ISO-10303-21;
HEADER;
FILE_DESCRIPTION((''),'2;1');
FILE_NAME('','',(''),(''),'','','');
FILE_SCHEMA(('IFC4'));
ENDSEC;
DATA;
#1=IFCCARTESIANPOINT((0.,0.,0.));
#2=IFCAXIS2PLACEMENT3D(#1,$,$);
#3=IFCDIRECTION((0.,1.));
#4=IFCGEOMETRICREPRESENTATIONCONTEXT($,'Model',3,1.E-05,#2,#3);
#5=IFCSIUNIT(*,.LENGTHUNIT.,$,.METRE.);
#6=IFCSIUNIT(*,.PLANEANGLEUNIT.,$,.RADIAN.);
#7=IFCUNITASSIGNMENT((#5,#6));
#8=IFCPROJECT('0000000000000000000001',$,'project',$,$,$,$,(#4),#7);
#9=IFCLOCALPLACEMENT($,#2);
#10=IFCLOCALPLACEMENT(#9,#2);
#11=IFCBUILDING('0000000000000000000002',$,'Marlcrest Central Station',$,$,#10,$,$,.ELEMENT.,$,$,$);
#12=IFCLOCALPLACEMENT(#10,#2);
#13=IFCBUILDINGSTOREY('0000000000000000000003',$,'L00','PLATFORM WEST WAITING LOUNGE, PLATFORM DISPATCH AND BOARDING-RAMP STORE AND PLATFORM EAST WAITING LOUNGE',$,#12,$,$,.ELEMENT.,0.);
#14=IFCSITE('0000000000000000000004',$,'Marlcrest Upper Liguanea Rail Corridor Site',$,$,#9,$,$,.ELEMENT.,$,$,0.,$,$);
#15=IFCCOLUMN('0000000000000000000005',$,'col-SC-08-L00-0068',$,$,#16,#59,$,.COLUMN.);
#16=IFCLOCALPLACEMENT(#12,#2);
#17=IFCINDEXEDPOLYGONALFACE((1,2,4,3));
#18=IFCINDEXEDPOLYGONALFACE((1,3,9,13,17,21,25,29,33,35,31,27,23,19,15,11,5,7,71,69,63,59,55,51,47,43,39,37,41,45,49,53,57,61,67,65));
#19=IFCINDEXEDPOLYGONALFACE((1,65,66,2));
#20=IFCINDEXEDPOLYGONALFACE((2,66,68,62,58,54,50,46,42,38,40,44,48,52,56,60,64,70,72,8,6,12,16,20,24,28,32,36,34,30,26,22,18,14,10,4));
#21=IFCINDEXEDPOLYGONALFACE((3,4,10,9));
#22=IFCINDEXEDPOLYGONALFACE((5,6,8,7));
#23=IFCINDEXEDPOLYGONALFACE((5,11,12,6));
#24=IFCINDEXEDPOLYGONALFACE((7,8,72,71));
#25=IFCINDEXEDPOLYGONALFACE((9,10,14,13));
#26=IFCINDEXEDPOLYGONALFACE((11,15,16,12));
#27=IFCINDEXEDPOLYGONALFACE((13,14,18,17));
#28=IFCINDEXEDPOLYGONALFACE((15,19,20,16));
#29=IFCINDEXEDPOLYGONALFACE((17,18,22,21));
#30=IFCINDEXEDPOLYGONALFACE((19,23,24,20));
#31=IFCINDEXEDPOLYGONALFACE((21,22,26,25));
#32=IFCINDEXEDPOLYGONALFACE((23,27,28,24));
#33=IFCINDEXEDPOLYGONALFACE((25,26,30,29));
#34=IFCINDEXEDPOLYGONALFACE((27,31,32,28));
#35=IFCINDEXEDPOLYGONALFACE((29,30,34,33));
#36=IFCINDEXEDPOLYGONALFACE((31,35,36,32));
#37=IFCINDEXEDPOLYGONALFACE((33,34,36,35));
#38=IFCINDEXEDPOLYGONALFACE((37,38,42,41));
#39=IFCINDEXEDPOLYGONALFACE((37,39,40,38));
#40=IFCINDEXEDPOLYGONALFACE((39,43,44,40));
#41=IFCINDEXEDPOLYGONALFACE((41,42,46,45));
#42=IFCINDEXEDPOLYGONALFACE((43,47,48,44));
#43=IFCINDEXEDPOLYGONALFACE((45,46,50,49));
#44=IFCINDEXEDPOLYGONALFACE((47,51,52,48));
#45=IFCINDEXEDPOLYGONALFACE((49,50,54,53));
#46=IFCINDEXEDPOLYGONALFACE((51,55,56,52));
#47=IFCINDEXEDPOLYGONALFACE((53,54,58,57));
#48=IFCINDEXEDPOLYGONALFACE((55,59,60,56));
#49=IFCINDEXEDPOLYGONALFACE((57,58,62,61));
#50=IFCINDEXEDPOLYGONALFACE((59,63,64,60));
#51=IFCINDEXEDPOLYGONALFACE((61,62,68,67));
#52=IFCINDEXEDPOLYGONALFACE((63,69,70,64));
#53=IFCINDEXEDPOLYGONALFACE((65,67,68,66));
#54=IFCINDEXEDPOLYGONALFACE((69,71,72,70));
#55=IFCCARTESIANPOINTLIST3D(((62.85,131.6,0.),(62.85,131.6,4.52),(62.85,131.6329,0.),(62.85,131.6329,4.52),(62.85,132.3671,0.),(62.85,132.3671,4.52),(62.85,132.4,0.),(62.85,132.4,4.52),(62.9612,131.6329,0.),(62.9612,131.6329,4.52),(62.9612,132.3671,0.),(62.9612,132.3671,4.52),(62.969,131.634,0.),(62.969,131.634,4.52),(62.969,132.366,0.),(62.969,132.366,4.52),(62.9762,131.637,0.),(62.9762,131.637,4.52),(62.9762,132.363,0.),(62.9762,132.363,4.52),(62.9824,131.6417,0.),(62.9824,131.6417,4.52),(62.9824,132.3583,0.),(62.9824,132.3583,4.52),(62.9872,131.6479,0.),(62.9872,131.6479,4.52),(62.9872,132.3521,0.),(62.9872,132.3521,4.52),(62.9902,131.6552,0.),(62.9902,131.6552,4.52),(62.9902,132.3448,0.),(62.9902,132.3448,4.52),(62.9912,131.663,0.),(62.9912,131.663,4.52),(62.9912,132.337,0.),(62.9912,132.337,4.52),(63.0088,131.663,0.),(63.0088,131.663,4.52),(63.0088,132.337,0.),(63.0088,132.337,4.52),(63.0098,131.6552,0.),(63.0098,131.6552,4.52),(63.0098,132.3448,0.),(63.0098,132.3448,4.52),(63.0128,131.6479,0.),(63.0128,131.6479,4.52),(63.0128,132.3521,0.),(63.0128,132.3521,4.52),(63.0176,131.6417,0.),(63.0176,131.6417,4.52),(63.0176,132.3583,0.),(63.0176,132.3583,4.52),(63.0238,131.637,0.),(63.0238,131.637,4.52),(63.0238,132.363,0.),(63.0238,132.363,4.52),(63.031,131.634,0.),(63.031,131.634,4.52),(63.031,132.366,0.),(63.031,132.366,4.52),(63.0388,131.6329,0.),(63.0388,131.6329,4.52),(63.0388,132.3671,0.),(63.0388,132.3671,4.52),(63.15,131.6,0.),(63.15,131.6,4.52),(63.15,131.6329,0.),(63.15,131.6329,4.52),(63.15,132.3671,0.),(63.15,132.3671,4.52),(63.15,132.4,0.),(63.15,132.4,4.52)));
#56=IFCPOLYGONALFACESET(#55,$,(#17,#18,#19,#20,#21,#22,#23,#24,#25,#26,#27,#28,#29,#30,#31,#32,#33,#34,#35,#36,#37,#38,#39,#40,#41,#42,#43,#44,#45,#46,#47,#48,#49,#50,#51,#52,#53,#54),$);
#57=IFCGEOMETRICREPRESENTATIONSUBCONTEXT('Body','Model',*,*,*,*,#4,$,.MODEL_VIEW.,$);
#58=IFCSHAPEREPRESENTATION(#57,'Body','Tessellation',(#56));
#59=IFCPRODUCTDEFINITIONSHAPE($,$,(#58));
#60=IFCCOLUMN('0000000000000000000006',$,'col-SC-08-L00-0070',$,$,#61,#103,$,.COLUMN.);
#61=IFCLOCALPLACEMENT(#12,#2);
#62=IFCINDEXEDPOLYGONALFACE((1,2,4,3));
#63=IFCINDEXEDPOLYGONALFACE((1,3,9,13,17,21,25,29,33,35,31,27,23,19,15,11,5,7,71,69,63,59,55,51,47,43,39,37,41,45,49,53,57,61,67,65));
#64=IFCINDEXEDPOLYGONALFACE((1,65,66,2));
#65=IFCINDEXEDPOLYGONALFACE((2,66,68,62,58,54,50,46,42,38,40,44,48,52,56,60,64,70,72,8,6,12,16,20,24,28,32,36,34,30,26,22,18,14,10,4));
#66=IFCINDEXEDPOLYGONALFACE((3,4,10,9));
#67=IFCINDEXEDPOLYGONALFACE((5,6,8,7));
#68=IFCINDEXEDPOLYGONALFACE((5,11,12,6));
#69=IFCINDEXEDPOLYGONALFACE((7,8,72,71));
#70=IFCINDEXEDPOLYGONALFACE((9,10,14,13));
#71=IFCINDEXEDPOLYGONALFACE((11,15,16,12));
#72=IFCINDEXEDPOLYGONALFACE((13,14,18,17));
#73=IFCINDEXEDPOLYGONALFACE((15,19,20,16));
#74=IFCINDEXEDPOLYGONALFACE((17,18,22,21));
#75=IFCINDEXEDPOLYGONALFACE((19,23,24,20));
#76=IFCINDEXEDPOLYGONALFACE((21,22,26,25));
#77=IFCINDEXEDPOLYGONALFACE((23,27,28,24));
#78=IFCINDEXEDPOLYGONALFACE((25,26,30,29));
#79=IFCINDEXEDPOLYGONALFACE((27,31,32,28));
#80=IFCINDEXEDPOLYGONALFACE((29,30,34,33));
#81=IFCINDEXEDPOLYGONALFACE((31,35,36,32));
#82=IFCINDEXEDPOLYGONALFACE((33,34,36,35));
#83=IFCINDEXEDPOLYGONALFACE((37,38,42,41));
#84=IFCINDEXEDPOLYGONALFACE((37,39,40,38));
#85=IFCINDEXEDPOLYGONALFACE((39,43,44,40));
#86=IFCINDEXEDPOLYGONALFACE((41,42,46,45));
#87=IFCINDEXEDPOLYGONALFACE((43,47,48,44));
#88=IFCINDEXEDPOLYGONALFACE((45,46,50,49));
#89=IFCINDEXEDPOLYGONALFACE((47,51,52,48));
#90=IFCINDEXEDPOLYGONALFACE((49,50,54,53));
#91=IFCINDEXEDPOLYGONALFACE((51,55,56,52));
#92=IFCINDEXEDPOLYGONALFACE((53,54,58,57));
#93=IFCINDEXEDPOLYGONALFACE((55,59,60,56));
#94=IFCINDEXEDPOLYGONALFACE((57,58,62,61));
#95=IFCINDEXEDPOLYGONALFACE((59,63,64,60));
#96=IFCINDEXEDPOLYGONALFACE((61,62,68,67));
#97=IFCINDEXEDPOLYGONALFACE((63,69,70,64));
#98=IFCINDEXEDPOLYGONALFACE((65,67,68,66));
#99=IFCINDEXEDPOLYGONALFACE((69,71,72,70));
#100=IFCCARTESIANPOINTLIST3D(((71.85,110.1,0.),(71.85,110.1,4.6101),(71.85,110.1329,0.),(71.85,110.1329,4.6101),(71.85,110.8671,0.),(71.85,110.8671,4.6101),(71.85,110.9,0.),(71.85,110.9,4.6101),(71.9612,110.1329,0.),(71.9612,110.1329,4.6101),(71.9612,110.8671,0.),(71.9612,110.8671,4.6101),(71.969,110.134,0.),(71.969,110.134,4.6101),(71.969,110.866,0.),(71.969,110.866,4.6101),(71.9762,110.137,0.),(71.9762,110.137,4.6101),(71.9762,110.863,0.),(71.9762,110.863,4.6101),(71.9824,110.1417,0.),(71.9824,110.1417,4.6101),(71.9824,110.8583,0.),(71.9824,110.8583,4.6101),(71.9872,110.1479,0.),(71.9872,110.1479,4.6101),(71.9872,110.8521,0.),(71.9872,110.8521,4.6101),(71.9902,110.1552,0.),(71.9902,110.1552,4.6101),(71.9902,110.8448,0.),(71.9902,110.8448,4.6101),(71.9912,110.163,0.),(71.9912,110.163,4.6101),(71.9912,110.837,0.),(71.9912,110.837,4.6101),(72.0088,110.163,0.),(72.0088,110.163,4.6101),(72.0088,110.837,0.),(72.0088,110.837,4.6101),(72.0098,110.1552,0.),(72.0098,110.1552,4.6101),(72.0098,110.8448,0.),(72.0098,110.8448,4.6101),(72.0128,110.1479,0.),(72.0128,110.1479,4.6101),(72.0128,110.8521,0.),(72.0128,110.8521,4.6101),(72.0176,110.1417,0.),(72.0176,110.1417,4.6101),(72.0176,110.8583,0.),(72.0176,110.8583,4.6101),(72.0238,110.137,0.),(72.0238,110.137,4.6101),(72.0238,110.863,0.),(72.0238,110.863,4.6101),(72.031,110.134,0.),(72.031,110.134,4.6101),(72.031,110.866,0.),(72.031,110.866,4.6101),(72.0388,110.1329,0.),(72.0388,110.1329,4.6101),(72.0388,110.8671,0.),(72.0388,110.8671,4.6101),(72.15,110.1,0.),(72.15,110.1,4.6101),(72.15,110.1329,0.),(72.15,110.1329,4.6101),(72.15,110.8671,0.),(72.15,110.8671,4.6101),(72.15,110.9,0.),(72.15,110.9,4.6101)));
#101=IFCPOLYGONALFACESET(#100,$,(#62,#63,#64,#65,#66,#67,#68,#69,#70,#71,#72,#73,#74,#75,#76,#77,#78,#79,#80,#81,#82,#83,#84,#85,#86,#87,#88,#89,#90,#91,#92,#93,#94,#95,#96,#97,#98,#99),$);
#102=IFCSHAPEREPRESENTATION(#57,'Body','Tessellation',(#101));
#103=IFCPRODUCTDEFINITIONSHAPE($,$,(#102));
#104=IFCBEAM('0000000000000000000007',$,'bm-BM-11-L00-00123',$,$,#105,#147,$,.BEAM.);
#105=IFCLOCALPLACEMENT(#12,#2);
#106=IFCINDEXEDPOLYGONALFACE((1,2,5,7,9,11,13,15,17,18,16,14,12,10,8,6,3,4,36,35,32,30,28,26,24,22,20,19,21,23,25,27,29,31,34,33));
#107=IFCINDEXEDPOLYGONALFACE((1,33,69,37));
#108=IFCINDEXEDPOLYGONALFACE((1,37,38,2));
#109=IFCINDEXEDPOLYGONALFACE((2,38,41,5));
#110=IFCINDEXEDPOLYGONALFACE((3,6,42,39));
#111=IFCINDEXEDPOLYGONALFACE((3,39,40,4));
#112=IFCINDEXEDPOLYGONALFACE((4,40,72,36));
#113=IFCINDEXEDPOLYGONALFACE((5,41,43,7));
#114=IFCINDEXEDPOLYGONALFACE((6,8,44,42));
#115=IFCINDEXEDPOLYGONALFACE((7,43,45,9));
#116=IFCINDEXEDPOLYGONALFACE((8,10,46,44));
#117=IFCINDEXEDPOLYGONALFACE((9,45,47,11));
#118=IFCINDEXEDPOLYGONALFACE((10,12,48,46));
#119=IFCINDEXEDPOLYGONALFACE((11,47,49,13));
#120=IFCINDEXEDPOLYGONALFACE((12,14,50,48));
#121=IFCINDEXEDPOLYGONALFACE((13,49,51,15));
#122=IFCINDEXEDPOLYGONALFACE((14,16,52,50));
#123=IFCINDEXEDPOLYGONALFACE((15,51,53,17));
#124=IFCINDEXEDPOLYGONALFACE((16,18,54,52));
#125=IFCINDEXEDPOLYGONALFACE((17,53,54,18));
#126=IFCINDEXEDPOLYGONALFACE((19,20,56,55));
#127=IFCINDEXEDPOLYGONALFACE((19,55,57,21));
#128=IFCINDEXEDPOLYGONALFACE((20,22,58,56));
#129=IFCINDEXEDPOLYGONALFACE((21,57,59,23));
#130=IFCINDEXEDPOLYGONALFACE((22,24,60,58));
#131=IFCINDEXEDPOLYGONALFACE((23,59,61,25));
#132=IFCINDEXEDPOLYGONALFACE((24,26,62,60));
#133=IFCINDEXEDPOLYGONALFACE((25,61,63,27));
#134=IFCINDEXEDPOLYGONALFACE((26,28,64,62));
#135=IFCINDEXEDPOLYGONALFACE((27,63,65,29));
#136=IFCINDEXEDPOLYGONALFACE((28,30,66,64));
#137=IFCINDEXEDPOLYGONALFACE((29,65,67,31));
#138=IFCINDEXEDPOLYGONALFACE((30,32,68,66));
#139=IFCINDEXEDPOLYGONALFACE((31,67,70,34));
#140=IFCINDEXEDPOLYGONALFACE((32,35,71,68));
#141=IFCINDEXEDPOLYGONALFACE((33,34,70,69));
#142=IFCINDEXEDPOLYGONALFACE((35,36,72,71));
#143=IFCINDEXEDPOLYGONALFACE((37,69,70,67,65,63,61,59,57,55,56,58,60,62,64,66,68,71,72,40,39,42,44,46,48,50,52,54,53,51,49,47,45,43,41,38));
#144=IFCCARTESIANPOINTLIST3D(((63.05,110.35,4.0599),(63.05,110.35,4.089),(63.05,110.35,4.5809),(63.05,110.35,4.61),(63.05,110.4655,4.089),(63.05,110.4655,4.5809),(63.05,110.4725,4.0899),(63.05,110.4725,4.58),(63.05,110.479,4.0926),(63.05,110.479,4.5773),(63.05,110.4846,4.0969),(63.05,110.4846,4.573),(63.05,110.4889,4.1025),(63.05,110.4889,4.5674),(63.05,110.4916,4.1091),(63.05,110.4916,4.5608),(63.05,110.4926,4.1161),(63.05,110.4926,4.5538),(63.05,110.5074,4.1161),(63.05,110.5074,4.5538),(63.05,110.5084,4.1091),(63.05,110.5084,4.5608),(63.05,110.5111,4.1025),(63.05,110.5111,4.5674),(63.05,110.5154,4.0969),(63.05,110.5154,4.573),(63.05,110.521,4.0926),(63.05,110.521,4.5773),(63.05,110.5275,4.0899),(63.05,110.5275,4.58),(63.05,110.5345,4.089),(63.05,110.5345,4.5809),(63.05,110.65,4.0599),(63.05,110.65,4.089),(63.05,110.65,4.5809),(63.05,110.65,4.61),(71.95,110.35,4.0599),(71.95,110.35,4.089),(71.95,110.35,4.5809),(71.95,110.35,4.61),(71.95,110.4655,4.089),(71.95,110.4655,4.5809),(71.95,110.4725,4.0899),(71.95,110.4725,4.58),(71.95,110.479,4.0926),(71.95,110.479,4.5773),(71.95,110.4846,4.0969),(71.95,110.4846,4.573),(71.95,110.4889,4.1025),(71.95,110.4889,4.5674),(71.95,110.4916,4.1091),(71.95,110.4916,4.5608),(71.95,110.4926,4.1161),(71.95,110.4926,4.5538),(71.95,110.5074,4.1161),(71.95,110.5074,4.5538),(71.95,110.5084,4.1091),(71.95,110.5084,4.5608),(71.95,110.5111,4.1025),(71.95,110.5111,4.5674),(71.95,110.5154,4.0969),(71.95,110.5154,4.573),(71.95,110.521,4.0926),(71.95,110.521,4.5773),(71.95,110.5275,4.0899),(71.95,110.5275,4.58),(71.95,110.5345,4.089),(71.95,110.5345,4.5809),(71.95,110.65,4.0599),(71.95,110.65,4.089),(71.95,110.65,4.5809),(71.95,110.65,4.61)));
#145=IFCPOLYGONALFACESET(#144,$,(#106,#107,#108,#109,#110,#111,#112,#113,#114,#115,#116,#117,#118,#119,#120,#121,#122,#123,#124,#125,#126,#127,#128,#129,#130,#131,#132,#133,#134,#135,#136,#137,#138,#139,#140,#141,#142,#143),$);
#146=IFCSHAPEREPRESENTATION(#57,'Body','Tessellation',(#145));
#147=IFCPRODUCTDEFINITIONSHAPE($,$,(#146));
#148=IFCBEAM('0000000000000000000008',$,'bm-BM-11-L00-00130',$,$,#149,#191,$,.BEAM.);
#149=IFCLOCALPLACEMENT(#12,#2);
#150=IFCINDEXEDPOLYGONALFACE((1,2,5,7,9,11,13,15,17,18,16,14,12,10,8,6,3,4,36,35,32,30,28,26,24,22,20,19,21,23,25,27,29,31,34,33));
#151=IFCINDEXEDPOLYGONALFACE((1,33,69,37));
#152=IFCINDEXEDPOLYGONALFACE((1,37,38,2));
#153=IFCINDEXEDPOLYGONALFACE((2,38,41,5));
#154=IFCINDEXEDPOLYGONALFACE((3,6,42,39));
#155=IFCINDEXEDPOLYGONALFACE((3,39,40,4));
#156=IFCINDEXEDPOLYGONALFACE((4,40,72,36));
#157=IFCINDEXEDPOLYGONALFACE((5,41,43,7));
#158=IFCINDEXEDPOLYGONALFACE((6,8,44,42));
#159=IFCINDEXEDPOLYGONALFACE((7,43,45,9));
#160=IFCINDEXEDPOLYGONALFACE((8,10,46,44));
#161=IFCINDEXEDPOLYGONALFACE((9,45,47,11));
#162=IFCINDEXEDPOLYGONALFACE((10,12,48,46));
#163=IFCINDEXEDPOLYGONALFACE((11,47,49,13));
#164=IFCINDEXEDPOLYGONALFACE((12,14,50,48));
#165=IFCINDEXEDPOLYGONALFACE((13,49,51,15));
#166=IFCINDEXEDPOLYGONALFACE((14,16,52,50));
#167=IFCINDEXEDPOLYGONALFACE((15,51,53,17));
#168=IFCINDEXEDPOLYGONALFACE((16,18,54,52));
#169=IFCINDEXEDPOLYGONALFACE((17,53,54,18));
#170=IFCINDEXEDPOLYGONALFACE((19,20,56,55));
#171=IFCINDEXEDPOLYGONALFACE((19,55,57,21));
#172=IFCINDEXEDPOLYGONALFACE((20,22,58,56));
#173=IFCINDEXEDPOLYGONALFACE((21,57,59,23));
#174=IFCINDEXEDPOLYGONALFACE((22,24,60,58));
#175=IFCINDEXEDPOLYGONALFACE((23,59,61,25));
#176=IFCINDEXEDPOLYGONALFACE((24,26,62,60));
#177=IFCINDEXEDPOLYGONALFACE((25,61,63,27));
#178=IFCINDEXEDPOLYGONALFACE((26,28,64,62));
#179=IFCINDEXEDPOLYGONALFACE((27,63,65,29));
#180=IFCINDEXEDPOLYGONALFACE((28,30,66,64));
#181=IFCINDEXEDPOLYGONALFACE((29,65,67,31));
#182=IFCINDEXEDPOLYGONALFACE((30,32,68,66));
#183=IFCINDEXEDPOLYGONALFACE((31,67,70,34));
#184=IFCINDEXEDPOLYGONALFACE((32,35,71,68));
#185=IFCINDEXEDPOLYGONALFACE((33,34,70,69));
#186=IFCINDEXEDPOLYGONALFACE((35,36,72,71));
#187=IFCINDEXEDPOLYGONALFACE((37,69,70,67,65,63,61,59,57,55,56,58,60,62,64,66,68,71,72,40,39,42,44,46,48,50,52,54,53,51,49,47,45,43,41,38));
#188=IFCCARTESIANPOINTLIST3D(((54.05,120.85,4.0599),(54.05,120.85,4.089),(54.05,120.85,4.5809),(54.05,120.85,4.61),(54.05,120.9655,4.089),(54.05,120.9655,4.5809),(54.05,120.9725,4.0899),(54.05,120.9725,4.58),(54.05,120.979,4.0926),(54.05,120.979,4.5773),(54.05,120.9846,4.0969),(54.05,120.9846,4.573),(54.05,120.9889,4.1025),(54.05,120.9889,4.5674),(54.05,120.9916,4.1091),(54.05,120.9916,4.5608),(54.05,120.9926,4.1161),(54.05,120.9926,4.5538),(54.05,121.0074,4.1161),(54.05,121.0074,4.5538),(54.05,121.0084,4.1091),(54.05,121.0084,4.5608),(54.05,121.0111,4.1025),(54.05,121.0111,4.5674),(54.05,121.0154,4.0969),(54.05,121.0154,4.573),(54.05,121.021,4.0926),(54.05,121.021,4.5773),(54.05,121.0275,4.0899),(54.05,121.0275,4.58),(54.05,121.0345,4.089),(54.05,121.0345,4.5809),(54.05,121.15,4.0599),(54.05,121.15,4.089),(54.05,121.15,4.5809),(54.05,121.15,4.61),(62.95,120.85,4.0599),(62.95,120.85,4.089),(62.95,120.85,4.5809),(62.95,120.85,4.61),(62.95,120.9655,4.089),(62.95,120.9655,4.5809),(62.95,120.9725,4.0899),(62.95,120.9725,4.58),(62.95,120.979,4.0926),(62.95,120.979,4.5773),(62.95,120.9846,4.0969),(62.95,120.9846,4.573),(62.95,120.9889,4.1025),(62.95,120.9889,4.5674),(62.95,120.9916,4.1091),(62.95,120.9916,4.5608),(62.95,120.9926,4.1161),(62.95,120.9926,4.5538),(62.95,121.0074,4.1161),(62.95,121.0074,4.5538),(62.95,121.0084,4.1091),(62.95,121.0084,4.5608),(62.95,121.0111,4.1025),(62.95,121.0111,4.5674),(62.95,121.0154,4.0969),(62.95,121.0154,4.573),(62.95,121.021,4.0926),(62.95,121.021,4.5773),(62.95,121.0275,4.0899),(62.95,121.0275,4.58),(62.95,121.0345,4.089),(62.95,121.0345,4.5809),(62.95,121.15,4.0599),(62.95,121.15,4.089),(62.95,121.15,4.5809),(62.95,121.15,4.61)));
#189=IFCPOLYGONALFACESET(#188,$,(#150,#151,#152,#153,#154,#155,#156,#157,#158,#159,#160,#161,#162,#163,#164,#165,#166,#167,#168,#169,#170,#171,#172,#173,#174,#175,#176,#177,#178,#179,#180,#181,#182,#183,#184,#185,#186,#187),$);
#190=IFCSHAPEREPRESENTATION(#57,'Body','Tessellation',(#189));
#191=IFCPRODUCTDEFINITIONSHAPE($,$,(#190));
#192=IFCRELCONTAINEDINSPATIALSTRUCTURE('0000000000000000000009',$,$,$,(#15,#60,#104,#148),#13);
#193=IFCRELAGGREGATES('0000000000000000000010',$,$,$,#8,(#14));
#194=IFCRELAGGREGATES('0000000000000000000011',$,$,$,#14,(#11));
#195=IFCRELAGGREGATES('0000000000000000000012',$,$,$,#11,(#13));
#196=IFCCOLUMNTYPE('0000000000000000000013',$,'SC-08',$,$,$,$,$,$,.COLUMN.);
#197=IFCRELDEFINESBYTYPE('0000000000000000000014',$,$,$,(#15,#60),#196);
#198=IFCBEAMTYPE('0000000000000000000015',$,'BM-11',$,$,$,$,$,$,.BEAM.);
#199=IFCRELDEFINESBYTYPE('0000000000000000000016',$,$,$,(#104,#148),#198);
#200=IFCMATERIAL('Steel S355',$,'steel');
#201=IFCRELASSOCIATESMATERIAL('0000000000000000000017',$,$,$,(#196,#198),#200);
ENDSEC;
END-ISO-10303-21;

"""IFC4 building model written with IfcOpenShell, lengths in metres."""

from ifc_helpers import new_model, si_unit, direction, frame, origin, origin_2d, place, context, subcontext, project, spatial, i_section, extrude, material, material_profile, profile_set, type_object, element, save


model = new_model("IFC4")

# Units and contexts
model_context = context("Model", 3, precision=1e-05, world=origin(), true_north=direction((0.0, 1.0)))
body_context = subcontext(model_context, "Body", "Model", "MODEL_VIEW")
ifc_project = project(units=[si_unit("LENGTHUNIT", "METRE"), si_unit("PLANEANGLEUNIT", "RADIAN")], contexts=[model_context])

# Site, building, storey
site_placement = place(None, origin())
site = spatial("IfcSite", under=ifc_project, at=site_placement, Name="Marlcrest Upper Liguanea Rail Corridor Site", CompositionType="ELEMENT", RefElevation=0.0)
building_placement = place(site_placement, origin())
building = spatial("IfcBuilding", under=site, at=building_placement, Name="Marlcrest Central Station", CompositionType="ELEMENT")
storey_placement = place(building_placement, origin())
storey = spatial("IfcBuildingStorey", under=building, at=storey_placement, Name="L00", Description="PLATFORM WEST WAITING LOUNGE, PLATFORM DISPATCH AND BOARDING-RAMP STORE AND PLATFORM EAST WAITING LOUNGE", CompositionType="ELEMENT", Elevation=0.0)

# Columns
ifc_material_1 = material(Name="Steel S355", Category="steel")
ifc_material_profile_1 = material_profile(ifc_material_1, i_section(OverallWidth=0.3, OverallDepth=0.8, WebThickness=0.0176, FlangeThickness=0.033, FilletRadius=0.03, at=origin_2d()), Name="HEB 800")
ifc_profile_set_1 = profile_set([ifc_material_profile_1], Name="Steel S355")
column_type_1 = type_object("IfcColumnType", Name="SC-08", PredefinedType="COLUMN", material=ifc_profile_set_1)
column_1_placement = place(storey_placement, frame((63.0, 132.0, 0.0), z_axis=(0.0, 0.0, 1.0), x_axis=(1.0, 0.0, 0.0)))
element("IfcColumn", 1, at=column_1_placement, inside=storey, type_object=column_type_1, Name="col-SC-08-L00-0068", PredefinedType="COLUMN", context=body_context, shape_type="SweptSolid", body=[
    extrude(i_section(OverallWidth=0.3, OverallDepth=0.8, WebThickness=0.0176, FlangeThickness=0.033, FilletRadius=0.03, at=origin_2d()), origin(), (0.0, 0.0, 1.0), 4.52),
])
column_2_placement = place(storey_placement, frame((72.0, 110.5, 0.0), z_axis=(0.0, 0.0, 1.0), x_axis=(1.0, 0.0, 0.0)))
element("IfcColumn", 2, at=column_2_placement, inside=storey, type_object=column_type_1, Name="col-SC-08-L00-0070", PredefinedType="COLUMN", context=body_context, shape_type="SweptSolid", body=[
    extrude(i_section(OverallWidth=0.3, OverallDepth=0.8, WebThickness=0.0176, FlangeThickness=0.033, FilletRadius=0.03, at=origin_2d()), origin(), (0.0, 0.0, 1.0), 4.6101),
])

# Beams
ifc_material_profile_2 = material_profile(ifc_material_1, i_section(OverallWidth=0.3, OverallDepth=0.55, WebThickness=0.0149, FlangeThickness=0.0291, FilletRadius=0.0271, at=origin_2d()), Name="HEB 550")
ifc_profile_set_2 = profile_set([ifc_material_profile_2], Name="Steel S355")
beam_type_1 = type_object("IfcBeamType", Name="BM-11", PredefinedType="BEAM", material=ifc_profile_set_2)
for number, where, z_axis, x_axis, name in (
    (3, (63.05, 110.5, 4.335), (1.0, 0.0, 0.0), (0.0, 1.0, 0.0), "bm-BM-11-L00-00123"),
    (4, (54.05, 121.0, 4.335), (1.0, 0.0, 0.0), (0.0, 1.0, 0.0), "bm-BM-11-L00-00130"),
):
    element("IfcBeam", number, at=place(storey_placement, frame(where, z_axis=z_axis, x_axis=x_axis)), inside=storey, type_object=beam_type_1, Name=name, PredefinedType="BEAM", context=body_context, shape_type="SweptSolid", body=[
        extrude(i_section(OverallWidth=0.3, OverallDepth=0.55, WebThickness=0.0149, FlangeThickness=0.0291, FilletRadius=0.0271, at=origin_2d()), origin(), (0.0, 0.0, 1.0), 8.8999),
    ])

save(model, "model.ifc")
